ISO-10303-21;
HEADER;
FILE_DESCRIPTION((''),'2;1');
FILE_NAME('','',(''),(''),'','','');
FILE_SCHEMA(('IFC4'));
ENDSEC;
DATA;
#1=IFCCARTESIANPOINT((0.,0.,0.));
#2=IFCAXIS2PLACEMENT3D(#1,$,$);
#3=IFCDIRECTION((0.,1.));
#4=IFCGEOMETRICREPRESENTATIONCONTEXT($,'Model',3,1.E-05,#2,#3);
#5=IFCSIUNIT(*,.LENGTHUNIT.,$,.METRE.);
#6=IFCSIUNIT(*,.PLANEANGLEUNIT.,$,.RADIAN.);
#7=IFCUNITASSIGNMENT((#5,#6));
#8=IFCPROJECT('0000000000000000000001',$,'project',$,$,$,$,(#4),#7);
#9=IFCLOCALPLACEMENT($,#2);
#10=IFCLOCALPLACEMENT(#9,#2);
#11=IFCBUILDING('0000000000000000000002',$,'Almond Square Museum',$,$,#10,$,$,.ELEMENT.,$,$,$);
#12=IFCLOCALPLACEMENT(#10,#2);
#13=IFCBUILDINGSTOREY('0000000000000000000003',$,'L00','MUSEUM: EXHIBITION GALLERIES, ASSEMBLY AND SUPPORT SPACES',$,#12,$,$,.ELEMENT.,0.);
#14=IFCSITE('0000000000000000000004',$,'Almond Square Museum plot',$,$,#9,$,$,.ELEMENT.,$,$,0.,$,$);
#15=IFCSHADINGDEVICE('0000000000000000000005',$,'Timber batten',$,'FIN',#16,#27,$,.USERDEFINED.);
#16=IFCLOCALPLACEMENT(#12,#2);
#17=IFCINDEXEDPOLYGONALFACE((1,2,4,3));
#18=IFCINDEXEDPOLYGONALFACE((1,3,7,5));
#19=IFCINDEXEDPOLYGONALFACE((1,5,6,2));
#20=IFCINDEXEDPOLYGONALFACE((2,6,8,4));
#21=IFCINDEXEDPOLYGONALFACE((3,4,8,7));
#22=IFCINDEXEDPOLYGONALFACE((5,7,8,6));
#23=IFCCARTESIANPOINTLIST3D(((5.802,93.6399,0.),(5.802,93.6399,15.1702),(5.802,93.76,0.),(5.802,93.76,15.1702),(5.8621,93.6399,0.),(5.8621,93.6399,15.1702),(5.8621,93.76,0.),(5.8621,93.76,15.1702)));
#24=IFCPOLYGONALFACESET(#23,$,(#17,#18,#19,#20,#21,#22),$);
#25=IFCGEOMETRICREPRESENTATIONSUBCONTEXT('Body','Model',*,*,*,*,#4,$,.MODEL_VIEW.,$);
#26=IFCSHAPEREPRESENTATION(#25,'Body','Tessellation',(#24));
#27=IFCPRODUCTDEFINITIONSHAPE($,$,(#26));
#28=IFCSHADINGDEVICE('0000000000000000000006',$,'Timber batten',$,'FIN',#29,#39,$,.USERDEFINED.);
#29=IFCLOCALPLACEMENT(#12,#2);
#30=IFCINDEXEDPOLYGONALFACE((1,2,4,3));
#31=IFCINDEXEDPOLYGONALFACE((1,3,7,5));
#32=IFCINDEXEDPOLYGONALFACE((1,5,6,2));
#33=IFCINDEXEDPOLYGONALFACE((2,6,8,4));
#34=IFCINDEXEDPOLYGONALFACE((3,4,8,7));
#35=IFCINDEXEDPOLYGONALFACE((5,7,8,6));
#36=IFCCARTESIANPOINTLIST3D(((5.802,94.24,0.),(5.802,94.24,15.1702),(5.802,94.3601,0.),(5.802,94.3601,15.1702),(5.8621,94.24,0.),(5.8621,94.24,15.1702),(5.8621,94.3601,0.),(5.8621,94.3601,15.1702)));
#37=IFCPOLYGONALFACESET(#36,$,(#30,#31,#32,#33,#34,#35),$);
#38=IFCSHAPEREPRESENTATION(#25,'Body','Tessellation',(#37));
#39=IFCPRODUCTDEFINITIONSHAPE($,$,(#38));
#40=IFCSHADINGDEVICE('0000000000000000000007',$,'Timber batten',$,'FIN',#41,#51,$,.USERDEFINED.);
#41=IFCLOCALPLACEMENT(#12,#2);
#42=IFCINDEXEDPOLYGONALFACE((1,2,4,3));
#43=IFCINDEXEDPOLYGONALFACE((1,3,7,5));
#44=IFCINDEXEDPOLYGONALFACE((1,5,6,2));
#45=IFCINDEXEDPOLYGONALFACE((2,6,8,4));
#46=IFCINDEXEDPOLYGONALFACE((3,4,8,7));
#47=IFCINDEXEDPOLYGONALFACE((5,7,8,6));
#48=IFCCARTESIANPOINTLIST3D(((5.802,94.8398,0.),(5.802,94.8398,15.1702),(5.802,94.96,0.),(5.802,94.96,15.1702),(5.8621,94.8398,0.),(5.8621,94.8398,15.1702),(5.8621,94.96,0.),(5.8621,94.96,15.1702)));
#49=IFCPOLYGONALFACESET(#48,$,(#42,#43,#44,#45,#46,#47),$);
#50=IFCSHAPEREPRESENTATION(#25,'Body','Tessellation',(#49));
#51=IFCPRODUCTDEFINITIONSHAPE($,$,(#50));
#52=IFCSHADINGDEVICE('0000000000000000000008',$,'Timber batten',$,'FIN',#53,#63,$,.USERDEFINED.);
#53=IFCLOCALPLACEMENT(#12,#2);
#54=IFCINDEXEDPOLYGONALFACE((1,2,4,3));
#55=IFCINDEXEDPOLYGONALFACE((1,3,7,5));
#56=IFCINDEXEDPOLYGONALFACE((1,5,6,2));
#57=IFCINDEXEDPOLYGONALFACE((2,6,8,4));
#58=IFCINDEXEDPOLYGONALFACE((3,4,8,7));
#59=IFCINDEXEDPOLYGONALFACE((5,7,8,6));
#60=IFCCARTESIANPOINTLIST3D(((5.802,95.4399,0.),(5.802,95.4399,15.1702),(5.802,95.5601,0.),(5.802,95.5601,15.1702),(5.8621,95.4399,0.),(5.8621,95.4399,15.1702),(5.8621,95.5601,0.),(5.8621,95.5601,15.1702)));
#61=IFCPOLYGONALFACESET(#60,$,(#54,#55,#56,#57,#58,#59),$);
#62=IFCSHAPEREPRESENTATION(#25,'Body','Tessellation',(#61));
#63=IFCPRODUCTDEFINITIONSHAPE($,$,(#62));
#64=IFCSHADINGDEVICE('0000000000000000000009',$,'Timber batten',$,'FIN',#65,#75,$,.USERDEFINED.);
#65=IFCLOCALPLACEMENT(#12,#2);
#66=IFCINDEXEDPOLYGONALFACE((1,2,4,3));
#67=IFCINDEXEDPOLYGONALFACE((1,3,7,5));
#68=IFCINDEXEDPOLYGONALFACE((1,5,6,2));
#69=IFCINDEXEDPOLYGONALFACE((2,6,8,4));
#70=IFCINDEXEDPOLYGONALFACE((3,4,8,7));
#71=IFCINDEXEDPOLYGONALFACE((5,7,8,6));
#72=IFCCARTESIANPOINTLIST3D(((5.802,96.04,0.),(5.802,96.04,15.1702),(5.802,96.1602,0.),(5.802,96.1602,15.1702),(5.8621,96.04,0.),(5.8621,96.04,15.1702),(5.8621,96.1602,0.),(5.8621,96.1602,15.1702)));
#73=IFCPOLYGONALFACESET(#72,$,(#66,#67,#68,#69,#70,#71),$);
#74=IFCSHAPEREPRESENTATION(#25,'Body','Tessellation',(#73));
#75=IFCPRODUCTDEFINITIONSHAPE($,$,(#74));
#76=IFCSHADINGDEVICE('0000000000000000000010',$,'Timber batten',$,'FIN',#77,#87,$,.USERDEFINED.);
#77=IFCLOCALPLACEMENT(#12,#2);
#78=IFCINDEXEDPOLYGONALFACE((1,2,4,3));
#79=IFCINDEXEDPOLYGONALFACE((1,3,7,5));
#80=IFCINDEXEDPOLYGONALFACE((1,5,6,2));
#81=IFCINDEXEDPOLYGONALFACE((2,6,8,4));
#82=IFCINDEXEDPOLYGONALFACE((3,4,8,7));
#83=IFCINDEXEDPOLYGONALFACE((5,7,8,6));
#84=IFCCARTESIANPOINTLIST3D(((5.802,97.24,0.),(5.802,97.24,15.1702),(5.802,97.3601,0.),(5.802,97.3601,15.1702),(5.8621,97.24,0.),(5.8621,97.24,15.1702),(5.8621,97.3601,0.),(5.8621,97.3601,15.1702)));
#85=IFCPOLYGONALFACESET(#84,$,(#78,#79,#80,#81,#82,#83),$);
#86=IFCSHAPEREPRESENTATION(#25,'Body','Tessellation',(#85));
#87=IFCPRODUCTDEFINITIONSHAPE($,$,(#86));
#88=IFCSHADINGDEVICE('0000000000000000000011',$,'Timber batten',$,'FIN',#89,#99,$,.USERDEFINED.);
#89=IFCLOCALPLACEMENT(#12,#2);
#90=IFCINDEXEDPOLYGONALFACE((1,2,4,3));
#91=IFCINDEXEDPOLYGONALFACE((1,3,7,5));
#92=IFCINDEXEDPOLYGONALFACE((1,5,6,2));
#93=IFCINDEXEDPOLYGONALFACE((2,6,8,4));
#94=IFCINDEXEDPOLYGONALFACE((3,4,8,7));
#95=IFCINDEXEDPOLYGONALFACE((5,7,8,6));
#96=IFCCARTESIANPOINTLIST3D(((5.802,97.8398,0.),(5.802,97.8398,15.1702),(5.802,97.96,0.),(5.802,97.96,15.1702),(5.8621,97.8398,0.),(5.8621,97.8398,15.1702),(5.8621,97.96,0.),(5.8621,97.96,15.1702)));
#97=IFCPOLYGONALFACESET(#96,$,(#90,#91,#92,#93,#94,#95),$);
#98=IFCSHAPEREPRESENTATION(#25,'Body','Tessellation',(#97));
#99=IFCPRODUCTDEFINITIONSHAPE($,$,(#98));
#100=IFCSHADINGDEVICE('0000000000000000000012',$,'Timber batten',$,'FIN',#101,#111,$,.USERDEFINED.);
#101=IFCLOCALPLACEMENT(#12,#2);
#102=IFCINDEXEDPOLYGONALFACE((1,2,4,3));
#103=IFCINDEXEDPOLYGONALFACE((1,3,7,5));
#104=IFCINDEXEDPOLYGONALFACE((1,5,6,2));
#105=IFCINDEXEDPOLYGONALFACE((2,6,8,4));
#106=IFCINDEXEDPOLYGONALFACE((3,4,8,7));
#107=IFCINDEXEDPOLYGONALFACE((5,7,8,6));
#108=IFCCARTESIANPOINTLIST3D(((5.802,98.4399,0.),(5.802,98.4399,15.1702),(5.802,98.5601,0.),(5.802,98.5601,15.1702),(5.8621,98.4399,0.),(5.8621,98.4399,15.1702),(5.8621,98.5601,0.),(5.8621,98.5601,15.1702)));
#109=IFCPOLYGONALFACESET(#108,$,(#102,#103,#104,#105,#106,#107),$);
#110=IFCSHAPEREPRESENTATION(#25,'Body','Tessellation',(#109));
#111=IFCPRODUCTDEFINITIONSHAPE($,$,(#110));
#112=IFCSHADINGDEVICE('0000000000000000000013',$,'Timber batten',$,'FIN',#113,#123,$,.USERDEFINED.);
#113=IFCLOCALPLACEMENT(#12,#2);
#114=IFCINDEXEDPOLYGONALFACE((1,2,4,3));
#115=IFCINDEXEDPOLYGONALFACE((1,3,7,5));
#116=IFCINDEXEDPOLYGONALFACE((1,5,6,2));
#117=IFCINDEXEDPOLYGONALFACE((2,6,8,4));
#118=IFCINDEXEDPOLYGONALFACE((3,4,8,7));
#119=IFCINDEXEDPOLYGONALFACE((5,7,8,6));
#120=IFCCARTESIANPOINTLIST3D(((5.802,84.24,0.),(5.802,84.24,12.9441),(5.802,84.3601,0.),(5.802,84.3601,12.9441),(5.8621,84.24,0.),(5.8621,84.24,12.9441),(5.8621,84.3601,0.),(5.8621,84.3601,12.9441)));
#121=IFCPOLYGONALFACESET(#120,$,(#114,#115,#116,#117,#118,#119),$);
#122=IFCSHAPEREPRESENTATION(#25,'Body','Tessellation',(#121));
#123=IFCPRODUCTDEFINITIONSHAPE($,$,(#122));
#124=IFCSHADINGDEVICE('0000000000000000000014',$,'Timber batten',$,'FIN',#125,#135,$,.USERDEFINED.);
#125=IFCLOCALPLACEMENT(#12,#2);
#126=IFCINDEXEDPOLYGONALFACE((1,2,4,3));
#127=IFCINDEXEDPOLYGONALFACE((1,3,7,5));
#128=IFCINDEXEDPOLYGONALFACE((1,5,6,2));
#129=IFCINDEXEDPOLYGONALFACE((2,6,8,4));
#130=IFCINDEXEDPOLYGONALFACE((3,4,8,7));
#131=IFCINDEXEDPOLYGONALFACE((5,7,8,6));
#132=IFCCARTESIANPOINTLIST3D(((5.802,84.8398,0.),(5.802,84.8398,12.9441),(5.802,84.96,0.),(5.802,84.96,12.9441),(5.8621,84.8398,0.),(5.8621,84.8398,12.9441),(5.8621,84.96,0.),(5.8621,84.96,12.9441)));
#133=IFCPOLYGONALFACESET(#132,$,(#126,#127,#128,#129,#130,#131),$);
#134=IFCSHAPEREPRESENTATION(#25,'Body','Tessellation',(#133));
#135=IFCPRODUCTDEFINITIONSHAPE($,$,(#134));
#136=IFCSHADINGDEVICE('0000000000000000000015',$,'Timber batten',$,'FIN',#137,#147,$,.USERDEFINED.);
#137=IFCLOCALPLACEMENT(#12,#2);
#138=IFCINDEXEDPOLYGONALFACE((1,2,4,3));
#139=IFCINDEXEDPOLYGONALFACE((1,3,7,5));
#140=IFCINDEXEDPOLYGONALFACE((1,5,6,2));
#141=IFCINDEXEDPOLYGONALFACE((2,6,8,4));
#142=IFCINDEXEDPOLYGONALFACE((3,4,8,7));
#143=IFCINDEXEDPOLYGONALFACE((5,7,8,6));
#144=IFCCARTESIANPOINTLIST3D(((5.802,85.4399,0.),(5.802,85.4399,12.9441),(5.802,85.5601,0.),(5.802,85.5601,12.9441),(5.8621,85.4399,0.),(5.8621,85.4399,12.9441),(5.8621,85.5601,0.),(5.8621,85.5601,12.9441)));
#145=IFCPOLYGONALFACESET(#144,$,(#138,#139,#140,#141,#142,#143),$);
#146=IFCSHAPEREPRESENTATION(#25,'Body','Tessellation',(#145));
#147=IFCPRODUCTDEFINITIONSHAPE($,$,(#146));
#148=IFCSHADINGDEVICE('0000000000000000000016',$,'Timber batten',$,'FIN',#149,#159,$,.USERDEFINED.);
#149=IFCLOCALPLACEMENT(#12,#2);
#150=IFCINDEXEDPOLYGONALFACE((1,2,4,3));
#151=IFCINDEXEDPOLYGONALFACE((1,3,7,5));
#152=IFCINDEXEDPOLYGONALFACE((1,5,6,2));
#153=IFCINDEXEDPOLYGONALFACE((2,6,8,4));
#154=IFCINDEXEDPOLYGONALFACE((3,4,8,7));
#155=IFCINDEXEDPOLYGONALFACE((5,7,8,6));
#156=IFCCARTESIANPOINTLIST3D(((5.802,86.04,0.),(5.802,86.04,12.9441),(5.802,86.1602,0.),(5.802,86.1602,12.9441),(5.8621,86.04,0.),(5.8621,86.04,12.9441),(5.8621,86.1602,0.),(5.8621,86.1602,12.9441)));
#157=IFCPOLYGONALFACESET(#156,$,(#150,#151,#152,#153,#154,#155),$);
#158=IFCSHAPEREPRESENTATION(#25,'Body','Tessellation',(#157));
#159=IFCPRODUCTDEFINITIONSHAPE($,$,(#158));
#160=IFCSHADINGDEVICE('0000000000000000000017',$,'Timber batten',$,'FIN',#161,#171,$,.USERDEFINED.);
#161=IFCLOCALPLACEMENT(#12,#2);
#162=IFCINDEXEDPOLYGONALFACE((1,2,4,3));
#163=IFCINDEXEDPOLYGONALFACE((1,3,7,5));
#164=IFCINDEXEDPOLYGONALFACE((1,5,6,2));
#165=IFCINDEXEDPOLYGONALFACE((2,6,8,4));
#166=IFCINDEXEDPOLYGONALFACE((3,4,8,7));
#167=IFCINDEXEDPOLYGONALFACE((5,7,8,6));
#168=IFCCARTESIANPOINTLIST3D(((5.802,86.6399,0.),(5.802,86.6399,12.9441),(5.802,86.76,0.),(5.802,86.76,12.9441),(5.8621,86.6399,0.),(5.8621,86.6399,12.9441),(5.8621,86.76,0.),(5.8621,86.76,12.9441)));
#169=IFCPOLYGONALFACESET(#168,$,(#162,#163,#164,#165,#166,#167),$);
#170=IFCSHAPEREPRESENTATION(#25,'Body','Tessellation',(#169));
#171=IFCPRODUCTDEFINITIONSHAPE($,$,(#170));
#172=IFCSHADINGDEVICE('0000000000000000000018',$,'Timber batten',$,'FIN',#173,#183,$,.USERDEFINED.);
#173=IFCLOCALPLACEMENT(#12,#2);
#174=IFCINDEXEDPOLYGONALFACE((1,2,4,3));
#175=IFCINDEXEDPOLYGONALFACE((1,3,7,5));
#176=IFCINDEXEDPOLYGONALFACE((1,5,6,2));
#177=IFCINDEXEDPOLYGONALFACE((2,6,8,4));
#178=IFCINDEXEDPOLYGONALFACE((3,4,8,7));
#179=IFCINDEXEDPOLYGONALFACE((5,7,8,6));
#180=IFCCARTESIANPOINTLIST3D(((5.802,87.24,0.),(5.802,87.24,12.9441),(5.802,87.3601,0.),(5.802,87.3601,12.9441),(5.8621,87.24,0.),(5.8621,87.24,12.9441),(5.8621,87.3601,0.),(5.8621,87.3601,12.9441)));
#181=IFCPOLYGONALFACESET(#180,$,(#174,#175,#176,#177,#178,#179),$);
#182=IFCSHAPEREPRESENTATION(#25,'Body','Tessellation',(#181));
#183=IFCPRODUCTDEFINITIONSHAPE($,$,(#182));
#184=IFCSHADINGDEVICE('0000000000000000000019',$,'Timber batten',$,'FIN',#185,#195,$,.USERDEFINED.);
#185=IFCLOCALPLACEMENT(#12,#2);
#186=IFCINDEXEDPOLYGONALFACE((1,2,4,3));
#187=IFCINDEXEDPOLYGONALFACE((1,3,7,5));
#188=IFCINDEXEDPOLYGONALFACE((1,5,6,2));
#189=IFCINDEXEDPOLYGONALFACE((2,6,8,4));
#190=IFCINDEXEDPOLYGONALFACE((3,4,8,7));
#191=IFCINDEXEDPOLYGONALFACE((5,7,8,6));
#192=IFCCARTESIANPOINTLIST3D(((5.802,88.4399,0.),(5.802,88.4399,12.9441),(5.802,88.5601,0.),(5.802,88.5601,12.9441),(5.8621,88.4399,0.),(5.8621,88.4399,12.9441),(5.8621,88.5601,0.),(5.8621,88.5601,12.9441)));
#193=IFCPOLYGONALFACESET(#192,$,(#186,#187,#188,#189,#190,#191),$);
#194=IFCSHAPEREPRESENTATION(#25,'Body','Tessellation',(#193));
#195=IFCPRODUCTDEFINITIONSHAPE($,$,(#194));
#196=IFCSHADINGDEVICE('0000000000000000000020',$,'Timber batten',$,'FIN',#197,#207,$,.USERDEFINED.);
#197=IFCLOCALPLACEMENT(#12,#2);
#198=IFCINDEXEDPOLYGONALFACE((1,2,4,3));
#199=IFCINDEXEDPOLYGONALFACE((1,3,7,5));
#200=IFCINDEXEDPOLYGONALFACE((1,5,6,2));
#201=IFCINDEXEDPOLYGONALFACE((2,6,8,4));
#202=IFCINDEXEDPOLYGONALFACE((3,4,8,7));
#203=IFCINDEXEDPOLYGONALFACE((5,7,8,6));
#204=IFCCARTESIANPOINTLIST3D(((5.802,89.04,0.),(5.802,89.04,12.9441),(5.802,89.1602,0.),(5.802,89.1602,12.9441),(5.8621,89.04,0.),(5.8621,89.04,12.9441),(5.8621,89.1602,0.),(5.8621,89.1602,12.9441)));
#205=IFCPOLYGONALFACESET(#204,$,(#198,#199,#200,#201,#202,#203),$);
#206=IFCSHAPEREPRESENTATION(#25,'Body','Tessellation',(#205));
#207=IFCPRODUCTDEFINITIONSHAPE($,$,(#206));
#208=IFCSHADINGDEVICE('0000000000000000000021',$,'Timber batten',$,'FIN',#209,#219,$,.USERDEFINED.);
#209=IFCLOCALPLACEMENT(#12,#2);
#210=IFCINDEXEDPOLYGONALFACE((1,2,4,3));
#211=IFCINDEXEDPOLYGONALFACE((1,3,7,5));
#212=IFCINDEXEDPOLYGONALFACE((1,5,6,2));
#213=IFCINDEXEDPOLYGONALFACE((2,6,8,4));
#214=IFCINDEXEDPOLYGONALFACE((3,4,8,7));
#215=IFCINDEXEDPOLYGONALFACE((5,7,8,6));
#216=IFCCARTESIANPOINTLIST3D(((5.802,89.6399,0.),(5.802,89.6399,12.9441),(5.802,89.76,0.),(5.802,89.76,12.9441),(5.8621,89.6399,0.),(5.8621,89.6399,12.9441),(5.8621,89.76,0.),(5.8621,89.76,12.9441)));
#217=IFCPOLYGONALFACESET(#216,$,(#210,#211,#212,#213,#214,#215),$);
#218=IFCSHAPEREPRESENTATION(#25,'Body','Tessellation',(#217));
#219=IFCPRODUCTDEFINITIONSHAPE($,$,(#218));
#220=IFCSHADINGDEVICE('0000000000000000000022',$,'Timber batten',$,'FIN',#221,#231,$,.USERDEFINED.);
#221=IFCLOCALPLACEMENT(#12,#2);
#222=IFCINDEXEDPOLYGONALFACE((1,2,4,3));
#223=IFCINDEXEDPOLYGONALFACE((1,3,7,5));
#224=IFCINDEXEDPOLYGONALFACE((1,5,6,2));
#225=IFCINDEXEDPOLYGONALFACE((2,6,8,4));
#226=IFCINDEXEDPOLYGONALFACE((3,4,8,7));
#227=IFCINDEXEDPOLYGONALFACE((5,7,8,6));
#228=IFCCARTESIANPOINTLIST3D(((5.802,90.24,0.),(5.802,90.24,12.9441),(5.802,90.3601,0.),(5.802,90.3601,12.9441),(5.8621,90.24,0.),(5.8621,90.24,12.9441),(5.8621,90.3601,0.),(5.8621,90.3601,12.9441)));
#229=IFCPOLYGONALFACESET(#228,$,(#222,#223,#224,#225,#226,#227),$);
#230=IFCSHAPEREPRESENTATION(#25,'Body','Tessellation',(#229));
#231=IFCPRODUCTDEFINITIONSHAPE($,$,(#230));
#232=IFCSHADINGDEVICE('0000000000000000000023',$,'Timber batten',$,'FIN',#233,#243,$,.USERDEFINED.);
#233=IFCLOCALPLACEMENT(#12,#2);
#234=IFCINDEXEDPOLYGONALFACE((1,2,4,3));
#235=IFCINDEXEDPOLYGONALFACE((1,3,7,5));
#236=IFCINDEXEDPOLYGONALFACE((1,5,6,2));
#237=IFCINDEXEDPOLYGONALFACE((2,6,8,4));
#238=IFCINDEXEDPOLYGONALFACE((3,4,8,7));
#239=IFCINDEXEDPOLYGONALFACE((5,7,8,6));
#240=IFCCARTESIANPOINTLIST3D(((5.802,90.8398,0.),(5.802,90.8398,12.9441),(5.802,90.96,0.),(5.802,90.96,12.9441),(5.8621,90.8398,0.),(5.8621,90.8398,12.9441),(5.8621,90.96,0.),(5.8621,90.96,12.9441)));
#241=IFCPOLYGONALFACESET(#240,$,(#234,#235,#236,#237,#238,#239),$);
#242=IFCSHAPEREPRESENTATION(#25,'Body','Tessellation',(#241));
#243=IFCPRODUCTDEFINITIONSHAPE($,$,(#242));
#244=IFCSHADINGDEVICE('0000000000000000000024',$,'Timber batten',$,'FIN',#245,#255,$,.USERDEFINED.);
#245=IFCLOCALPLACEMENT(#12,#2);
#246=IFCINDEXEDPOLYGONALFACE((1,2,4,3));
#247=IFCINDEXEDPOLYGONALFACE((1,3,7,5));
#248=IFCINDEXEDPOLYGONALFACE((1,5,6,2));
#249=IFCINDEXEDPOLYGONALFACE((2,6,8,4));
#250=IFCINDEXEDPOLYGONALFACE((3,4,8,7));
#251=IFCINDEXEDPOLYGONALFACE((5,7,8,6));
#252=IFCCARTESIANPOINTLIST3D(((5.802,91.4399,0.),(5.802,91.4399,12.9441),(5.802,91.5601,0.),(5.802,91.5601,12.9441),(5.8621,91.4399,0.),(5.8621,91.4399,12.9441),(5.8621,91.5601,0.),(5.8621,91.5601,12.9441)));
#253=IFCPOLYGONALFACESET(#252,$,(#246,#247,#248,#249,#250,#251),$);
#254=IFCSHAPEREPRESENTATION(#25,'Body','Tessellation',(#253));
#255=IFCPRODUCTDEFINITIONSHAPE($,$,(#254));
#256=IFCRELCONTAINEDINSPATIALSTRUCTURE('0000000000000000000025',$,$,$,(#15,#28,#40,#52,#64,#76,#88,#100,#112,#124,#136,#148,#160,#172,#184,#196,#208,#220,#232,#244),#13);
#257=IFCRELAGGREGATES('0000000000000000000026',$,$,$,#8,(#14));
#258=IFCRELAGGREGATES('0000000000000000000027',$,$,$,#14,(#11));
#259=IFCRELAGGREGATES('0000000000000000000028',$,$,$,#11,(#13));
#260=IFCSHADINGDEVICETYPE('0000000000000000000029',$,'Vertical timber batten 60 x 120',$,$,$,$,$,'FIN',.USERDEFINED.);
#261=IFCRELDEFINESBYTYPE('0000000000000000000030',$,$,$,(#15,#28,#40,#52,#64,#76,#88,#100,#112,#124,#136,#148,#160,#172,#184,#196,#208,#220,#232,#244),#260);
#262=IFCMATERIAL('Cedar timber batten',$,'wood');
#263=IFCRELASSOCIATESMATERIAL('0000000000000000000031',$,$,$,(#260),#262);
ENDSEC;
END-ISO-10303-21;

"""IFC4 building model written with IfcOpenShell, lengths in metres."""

from ifc_helpers import new_model, si_unit, direction, frame, origin, origin_2d, place, context, subcontext, project, spatial, rectangle, extrude, material, material_profile, profile_set, type_object, element, save


model = new_model("IFC4")

# Units and contexts
model_context = context("Model", 3, precision=1e-05, world=origin(), true_north=direction((0.0, 1.0)))
body_context = subcontext(model_context, "Body", "Model", "MODEL_VIEW")
ifc_project = project(units=[si_unit("LENGTHUNIT", "METRE"), si_unit("PLANEANGLEUNIT", "RADIAN")], contexts=[model_context])

# Site, building, storey
site_placement = place(None, origin())
site = spatial("IfcSite", under=ifc_project, at=site_placement, Name="Almond Square Museum plot", CompositionType="ELEMENT", RefElevation=0.0)
building_placement = place(site_placement, origin())
building = spatial("IfcBuilding", under=site, at=building_placement, Name="Almond Square Museum", CompositionType="ELEMENT")
storey_placement = place(building_placement, origin())
storey = spatial("IfcBuildingStorey", under=building, at=storey_placement, Name="L00", Description="MUSEUM: EXHIBITION GALLERIES, ASSEMBLY AND SUPPORT SPACES", CompositionType="ELEMENT", Elevation=0.0)

# Shading devices
ifc_material_1 = material(Name="Cedar timber batten", Category="wood")
ifc_material_profile_1 = material_profile(ifc_material_1, rectangle(XDim=0.0601, YDim=0.1201, at=origin_2d()))
ifc_profile_set_1 = profile_set([ifc_material_profile_1], Name="Cedar timber batten")
shading_device_type_1 = type_object("IfcShadingDeviceType", Name="Vertical timber batten 60 x 120", ElementType="FIN", PredefinedType="USERDEFINED", material=ifc_profile_set_1)
for number, where, z_axis, x_axis, name in (
    (1, (5.832, 93.7, 0.0), (0.0, 0.0, 1.0), (-1.0, 0.0, 0.0), "Timber batten"),
    (2, (5.832, 94.3, 0.0), (0.0, 0.0, 1.0), (-1.0, 0.0, 0.0), "Timber batten"),
    (3, (5.832, 94.8999, 0.0), (0.0, 0.0, 1.0), (-1.0, 0.0, 0.0), "Timber batten"),
    (4, (5.832, 95.5, 0.0), (0.0, 0.0, 1.0), (-1.0, 0.0, 0.0), "Timber batten"),
    (5, (5.832, 96.1001, 0.0), (0.0, 0.0, 1.0), (-1.0, 0.0, 0.0), "Timber batten"),
    (6, (5.832, 97.3, 0.0), (0.0, 0.0, 1.0), (-1.0, 0.0, 0.0), "Timber batten"),
    (7, (5.832, 97.8999, 0.0), (0.0, 0.0, 1.0), (-1.0, 0.0, 0.0), "Timber batten"),
    (8, (5.832, 98.5, 0.0), (0.0, 0.0, 1.0), (-1.0, 0.0, 0.0), "Timber batten"),
):
    element("IfcShadingDevice", number, at=place(storey_placement, frame(where, z_axis=z_axis, x_axis=x_axis)), inside=storey, type_object=shading_device_type_1, Name=name, ObjectType="FIN", PredefinedType="USERDEFINED", context=body_context, shape_type="SweptSolid", body=[
        extrude(rectangle(XDim=0.0601, YDim=0.1201, at=origin_2d()), origin(), (0.0, 0.0, 1.0), 15.1702),
    ])
for number, where, z_axis, x_axis, name in (
    (9, (5.832, 84.3, 0.0), (0.0, 0.0, 1.0), (-1.0, 0.0, 0.0), "Timber batten"),
    (10, (5.832, 84.8999, 0.0), (0.0, 0.0, 1.0), (-1.0, 0.0, 0.0), "Timber batten"),
    (11, (5.832, 85.5, 0.0), (0.0, 0.0, 1.0), (-1.0, 0.0, 0.0), "Timber batten"),
    (12, (5.832, 86.1001, 0.0), (0.0, 0.0, 1.0), (-1.0, 0.0, 0.0), "Timber batten"),
    (13, (5.832, 86.7, 0.0), (0.0, 0.0, 1.0), (-1.0, 0.0, 0.0), "Timber batten"),
    (14, (5.832, 87.3, 0.0), (0.0, 0.0, 1.0), (-1.0, 0.0, 0.0), "Timber batten"),
    (15, (5.832, 88.5, 0.0), (0.0, 0.0, 1.0), (-1.0, 0.0, 0.0), "Timber batten"),
    (16, (5.832, 89.1001, 0.0), (0.0, 0.0, 1.0), (-1.0, 0.0, 0.0), "Timber batten"),
    (17, (5.832, 89.7, 0.0), (0.0, 0.0, 1.0), (-1.0, 0.0, 0.0), "Timber batten"),
    (18, (5.832, 90.3, 0.0), (0.0, 0.0, 1.0), (-1.0, 0.0, 0.0), "Timber batten"),
    (19, (5.832, 90.8999, 0.0), (0.0, 0.0, 1.0), (-1.0, 0.0, 0.0), "Timber batten"),
    (20, (5.832, 91.5, 0.0), (0.0, 0.0, 1.0), (-1.0, 0.0, 0.0), "Timber batten"),
):
    element("IfcShadingDevice", number, at=place(storey_placement, frame(where, z_axis=z_axis, x_axis=x_axis)), inside=storey, type_object=shading_device_type_1, Name=name, ObjectType="FIN", PredefinedType="USERDEFINED", context=body_context, shape_type="SweptSolid", body=[
        extrude(rectangle(XDim=0.0601, YDim=0.1201, at=origin_2d()), origin(), (0.0, 0.0, 1.0), 12.9441),
    ])

save(model, "model.ifc")
